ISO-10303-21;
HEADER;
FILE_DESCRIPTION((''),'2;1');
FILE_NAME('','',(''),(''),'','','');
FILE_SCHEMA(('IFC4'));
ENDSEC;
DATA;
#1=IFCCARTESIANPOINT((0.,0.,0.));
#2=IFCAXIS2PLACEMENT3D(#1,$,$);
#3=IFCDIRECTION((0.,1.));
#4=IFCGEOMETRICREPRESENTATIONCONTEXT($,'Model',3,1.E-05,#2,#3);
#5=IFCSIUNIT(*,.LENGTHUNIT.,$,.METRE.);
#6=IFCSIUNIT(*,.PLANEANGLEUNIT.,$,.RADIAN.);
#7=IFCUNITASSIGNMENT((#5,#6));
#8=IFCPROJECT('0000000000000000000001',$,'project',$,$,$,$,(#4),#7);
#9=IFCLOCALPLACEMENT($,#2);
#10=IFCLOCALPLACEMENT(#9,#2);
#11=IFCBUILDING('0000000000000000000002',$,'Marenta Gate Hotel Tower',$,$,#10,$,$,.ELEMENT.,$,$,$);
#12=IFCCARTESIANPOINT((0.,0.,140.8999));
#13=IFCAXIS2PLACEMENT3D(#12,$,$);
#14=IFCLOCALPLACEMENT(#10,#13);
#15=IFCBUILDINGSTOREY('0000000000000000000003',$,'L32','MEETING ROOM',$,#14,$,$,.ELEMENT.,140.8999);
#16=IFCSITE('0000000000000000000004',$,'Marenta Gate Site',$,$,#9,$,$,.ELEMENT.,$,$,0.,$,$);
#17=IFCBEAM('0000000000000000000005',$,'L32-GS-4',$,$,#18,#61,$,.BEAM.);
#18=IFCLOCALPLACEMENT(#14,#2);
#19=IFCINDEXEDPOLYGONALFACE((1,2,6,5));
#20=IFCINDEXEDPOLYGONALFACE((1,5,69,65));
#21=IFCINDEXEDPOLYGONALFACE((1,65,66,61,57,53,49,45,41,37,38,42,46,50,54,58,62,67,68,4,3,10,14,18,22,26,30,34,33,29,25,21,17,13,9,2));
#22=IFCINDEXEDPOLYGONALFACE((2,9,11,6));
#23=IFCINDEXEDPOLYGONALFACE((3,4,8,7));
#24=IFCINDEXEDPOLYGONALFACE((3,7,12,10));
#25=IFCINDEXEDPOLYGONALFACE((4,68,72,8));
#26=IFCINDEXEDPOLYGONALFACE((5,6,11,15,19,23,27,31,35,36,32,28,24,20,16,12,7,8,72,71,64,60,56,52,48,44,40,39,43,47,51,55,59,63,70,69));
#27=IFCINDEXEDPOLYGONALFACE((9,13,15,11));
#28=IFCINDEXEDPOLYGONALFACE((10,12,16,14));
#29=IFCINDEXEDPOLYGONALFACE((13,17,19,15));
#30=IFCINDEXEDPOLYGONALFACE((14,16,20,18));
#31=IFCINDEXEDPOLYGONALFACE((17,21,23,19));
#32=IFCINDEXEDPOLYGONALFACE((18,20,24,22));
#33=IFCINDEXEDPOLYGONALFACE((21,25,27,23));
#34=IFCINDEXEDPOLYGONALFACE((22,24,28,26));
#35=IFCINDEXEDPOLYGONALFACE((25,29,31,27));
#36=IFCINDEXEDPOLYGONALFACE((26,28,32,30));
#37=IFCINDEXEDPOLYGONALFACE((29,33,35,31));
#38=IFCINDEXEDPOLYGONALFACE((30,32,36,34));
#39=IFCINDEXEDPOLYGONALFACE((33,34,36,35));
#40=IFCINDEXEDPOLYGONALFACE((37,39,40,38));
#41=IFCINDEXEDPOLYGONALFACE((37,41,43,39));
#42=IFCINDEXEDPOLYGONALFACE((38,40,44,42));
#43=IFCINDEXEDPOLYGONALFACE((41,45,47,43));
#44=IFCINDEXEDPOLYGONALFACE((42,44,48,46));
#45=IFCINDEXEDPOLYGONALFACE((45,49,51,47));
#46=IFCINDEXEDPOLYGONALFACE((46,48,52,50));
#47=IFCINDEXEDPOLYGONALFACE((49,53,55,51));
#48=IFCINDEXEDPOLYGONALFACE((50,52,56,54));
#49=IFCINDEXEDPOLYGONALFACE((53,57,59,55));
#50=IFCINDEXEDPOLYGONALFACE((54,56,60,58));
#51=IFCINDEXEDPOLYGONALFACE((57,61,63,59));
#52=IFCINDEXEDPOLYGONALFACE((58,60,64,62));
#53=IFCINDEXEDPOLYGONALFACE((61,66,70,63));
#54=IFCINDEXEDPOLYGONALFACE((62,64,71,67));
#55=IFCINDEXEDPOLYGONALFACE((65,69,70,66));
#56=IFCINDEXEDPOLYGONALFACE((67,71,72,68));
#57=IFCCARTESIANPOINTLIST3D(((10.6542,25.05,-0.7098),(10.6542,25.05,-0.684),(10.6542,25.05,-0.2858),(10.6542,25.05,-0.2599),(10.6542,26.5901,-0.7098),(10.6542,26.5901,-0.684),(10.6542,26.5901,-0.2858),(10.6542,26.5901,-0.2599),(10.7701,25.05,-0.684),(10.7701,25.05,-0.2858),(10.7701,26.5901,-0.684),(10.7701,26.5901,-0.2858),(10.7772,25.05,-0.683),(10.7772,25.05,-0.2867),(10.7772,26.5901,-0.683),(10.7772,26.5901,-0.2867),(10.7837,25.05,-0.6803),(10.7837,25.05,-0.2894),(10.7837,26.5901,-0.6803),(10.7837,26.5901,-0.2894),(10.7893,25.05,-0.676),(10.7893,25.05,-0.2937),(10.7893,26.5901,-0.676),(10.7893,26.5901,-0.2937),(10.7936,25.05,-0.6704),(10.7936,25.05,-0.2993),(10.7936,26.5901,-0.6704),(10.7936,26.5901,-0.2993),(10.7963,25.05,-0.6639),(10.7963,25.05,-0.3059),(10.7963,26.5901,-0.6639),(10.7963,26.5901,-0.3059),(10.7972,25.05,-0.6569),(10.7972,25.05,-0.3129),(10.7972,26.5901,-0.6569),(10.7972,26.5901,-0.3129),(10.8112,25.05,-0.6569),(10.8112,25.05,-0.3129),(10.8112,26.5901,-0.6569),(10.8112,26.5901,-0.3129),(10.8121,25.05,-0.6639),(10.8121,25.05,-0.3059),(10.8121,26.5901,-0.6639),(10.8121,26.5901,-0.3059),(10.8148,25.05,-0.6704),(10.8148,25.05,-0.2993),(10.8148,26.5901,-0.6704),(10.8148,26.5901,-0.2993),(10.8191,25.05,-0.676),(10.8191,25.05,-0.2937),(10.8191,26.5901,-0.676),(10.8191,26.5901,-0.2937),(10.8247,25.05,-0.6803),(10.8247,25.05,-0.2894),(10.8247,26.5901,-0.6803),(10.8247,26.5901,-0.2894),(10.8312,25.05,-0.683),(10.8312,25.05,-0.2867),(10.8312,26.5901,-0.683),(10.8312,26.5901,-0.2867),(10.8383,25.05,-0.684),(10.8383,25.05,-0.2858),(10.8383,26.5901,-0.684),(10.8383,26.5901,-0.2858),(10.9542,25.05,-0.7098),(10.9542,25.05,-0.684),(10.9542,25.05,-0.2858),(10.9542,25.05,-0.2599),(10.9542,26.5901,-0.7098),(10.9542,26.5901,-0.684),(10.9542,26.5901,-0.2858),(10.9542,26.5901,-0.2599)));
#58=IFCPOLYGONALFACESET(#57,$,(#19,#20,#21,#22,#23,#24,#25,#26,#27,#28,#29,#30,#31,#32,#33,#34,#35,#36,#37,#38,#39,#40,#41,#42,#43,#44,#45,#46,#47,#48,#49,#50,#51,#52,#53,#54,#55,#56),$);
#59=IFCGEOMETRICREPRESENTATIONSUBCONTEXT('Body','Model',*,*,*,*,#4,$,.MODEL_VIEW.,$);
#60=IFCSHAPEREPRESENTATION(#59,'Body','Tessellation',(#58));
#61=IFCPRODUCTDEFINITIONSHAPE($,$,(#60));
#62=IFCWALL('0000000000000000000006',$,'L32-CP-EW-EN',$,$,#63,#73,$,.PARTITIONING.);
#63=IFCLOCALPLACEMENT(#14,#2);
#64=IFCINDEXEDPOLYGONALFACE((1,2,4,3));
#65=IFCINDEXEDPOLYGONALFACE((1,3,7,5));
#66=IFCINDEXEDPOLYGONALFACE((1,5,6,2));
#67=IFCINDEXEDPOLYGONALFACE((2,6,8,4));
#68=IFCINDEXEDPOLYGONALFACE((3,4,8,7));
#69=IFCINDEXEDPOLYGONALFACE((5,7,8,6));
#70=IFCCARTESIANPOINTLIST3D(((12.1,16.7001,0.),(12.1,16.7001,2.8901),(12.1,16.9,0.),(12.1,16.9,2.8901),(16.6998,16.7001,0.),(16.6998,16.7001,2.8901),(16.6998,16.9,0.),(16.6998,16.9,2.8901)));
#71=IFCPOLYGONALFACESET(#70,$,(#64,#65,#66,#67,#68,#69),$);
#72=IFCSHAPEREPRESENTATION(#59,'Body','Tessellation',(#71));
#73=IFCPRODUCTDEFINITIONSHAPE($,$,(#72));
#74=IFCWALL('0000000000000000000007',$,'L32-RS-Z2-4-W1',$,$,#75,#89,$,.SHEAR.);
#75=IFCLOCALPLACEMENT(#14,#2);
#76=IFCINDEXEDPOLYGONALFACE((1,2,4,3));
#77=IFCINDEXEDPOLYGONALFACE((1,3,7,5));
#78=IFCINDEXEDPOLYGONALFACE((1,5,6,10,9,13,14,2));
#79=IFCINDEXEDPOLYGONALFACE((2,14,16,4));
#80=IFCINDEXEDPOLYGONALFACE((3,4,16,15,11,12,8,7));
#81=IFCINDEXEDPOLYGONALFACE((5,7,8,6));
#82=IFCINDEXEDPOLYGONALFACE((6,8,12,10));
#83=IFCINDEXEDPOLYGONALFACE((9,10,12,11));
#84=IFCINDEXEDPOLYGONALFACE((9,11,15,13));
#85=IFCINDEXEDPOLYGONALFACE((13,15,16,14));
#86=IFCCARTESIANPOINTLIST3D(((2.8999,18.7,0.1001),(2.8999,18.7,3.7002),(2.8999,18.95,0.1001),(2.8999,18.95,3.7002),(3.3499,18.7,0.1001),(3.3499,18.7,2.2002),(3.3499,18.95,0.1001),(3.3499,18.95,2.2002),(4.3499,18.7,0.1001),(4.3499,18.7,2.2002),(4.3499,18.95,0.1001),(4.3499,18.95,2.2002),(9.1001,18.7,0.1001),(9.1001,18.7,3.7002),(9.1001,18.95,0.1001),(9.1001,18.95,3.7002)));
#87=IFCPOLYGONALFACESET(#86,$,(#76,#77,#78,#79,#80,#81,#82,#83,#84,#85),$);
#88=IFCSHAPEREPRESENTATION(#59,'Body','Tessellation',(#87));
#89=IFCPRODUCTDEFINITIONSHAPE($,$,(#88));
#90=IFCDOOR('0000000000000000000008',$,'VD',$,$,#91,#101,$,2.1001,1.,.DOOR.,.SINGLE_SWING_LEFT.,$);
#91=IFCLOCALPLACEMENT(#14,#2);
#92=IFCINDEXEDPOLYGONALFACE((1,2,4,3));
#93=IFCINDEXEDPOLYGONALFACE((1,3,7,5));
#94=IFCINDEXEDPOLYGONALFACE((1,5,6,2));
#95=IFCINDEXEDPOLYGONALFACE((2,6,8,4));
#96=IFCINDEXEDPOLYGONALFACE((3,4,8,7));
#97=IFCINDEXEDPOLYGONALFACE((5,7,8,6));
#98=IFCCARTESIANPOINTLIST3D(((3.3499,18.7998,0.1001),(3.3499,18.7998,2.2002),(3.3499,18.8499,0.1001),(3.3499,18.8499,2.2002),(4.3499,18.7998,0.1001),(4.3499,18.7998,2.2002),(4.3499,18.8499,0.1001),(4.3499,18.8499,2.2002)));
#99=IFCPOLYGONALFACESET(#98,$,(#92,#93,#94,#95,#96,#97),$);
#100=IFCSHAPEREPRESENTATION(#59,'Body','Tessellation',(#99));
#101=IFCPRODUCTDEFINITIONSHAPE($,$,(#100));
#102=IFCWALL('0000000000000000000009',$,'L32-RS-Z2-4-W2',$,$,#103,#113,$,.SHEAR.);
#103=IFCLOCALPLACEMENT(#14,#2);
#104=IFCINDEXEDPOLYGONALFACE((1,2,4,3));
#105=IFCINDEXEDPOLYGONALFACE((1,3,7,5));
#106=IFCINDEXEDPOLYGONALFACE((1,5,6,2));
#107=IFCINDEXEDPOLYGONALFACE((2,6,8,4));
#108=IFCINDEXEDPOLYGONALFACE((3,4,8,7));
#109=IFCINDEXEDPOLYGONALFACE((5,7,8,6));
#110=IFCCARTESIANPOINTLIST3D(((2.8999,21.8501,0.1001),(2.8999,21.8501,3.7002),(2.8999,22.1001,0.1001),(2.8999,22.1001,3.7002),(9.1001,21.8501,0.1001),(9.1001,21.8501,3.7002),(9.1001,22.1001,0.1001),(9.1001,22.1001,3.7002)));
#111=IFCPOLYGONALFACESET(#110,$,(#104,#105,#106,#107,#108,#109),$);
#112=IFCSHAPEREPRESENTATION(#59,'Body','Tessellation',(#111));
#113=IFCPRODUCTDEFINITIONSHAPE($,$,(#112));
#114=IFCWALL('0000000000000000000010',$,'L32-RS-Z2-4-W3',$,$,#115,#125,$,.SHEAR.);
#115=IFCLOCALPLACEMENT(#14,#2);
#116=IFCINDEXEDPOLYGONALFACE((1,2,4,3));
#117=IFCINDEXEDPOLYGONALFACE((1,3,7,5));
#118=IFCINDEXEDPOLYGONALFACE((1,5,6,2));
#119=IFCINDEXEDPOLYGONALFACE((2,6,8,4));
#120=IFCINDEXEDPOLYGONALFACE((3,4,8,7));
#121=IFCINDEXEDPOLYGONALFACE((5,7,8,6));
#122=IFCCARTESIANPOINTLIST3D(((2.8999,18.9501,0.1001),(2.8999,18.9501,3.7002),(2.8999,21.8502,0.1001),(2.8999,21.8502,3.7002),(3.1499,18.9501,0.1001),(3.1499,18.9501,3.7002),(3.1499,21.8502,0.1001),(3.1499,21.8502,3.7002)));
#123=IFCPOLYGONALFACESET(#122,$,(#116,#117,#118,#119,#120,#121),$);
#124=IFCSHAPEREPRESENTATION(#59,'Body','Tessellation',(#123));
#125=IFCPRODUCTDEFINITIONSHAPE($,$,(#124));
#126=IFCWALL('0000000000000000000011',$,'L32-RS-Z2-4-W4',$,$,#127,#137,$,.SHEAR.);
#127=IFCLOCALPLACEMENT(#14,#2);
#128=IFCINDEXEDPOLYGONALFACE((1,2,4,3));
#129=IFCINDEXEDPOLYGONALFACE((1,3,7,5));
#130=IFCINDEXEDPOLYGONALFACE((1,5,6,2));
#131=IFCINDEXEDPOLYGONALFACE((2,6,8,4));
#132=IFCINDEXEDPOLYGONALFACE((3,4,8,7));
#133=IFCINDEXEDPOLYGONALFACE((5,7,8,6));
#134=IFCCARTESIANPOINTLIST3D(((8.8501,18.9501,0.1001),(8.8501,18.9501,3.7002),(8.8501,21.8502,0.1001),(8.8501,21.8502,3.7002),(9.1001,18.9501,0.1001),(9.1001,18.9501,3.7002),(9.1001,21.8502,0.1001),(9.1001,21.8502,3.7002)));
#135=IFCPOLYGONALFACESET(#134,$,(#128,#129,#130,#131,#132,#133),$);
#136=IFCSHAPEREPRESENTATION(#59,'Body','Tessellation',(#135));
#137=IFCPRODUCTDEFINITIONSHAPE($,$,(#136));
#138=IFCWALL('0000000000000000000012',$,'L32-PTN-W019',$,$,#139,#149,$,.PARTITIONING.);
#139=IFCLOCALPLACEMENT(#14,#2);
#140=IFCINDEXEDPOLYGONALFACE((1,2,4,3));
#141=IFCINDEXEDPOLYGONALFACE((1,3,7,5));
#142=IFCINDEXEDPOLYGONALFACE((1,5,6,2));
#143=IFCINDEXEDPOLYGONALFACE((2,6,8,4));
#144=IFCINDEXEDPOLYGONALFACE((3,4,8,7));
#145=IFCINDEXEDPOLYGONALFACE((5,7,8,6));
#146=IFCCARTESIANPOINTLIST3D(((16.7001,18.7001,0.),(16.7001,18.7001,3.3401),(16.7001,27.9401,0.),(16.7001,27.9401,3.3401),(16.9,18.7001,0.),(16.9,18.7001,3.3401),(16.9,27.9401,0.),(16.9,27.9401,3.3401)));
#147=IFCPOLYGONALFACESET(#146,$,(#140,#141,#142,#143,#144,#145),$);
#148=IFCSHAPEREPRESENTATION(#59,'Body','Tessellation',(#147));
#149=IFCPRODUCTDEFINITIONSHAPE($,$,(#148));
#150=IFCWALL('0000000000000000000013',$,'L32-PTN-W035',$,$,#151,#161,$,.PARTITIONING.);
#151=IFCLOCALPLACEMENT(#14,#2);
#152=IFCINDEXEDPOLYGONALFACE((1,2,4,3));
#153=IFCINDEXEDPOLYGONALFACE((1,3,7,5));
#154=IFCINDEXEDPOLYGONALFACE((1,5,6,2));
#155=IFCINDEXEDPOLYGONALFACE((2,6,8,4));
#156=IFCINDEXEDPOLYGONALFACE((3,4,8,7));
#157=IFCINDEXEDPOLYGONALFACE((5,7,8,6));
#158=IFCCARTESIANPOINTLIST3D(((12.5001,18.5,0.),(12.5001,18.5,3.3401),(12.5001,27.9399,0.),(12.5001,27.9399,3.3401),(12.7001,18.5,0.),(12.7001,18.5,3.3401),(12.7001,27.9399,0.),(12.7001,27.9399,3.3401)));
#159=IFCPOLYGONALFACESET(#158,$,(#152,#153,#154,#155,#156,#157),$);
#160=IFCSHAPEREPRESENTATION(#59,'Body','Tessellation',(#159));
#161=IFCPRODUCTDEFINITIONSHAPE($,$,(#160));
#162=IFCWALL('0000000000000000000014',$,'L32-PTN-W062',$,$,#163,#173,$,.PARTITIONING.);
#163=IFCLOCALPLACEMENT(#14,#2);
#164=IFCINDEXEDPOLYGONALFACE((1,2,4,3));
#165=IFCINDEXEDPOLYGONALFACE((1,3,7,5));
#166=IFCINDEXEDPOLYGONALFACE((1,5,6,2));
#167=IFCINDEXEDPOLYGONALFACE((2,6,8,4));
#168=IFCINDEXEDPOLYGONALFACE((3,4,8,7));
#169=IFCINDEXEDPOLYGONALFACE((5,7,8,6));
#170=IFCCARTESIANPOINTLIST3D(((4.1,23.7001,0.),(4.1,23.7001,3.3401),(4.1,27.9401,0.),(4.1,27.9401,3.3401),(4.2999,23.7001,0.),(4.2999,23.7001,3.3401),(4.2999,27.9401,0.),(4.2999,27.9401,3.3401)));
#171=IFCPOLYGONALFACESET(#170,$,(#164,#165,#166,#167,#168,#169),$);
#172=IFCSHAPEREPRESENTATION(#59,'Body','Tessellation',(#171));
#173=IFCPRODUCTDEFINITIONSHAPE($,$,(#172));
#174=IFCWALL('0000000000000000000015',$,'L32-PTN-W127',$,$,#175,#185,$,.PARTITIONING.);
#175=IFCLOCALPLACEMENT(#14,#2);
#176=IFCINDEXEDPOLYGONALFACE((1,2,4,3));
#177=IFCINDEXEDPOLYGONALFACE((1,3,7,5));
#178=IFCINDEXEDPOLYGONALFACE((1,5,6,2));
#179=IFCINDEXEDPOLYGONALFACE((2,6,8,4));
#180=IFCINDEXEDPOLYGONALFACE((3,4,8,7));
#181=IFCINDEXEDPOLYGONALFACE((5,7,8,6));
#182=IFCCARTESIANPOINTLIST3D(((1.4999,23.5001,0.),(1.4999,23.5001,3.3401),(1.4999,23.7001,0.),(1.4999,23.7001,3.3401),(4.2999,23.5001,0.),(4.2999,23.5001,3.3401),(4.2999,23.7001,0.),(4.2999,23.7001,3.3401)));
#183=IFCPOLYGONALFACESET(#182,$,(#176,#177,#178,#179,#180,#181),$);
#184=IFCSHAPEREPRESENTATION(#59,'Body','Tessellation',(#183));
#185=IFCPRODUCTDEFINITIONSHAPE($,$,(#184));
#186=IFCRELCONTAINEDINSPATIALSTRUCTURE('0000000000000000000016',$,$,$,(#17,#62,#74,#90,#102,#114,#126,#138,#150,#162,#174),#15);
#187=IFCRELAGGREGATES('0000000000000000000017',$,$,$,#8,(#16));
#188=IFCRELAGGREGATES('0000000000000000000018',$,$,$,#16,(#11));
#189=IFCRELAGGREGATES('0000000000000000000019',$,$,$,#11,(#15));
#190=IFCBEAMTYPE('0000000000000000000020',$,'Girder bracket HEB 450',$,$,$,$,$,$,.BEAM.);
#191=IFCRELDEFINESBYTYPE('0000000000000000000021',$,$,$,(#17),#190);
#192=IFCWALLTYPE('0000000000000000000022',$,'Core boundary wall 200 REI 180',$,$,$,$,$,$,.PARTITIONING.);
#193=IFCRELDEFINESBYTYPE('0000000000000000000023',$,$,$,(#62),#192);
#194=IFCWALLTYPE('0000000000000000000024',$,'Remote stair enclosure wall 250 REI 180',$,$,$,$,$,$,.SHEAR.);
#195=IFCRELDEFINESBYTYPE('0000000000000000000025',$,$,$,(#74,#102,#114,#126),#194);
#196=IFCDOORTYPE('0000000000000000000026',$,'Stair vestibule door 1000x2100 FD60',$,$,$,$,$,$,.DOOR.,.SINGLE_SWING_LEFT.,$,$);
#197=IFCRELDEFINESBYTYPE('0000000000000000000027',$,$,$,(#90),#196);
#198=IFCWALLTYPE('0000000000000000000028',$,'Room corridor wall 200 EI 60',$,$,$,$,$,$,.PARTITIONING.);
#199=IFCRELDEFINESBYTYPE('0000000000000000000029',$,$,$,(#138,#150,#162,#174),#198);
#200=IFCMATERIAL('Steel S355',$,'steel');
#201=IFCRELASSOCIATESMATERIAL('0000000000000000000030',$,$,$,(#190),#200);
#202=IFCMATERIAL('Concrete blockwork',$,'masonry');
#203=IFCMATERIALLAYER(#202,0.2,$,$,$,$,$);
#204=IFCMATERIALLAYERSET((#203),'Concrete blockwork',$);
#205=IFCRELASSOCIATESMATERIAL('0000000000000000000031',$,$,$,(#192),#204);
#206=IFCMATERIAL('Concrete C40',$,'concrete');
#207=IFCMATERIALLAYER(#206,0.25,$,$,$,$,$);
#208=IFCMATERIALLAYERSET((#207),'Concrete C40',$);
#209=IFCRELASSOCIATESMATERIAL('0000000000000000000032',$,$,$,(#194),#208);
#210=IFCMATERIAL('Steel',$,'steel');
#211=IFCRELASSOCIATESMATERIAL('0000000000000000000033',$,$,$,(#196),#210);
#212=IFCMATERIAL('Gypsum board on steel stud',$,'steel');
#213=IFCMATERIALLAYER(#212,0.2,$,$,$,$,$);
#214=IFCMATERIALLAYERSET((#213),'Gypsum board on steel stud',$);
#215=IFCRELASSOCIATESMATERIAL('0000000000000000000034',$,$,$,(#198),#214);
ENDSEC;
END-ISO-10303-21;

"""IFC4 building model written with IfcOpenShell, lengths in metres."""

from ifc_helpers import new_model, si_unit, direction, frame, frame_2d, origin, origin_2d, place, context, subcontext, project, spatial, rectangle, i_section, extrude, material, layer, layer_set, material_profile, profile_set, type_object, element, fill, save


model = new_model("IFC4")

# Units and contexts
model_context = context("Model", 3, precision=1e-05, world=origin(), true_north=direction((0.0, 1.0)))
body_context = subcontext(model_context, "Body", "Model", "MODEL_VIEW")
ifc_project = project(units=[si_unit("LENGTHUNIT", "METRE"), si_unit("PLANEANGLEUNIT", "RADIAN")], contexts=[model_context])

# Site, building, storey
site_placement = place(None, origin())
site = spatial("IfcSite", under=ifc_project, at=site_placement, Name="Marenta Gate Site", CompositionType="ELEMENT", RefElevation=0.0)
building_placement = place(site_placement, origin())
building = spatial("IfcBuilding", under=site, at=building_placement, Name="Marenta Gate Hotel Tower", CompositionType="ELEMENT")
storey_placement = place(building_placement, frame((0.0, 0.0, 140.8999)))
storey = spatial("IfcBuildingStorey", under=building, at=storey_placement, Name="L32", Description="MEETING ROOM", CompositionType="ELEMENT", Elevation=140.8999)

# Beam
ifc_material_1 = material(Name="Steel S355", Category="steel")
ifc_material_profile_1 = material_profile(ifc_material_1, i_section(OverallWidth=0.3, OverallDepth=0.45, WebThickness=0.0139, FlangeThickness=0.0259, FilletRadius=0.0271, at=origin_2d()), Name="HEB 450")
ifc_profile_set_1 = profile_set([ifc_material_profile_1], Name="Steel S355")
beam_type_1 = type_object("IfcBeamType", Name="Girder bracket HEB 450", PredefinedType="BEAM", material=ifc_profile_set_1)
for number, where, z_axis, x_axis, name in (
    (1, (10.8042, 25.05, -0.4849), (0.0, 1.0, 0.0), (-1.0, 0.0, 0.0), "L32-GS-4"),
):
    element("IfcBeam", number, at=place(storey_placement, frame(where, z_axis=z_axis, x_axis=x_axis)), inside=storey, type_object=beam_type_1, Name=name, PredefinedType="BEAM", context=body_context, shape_type="SweptSolid", body=[
        extrude(i_section(OverallWidth=0.3, OverallDepth=0.45, WebThickness=0.0139, FlangeThickness=0.0259, FilletRadius=0.0271, at=origin_2d()), origin(), (0.0, 0.0, 1.0), 1.54),
    ])

# Wall
ifc_material_2 = material(Name="Concrete blockwork", Category="masonry")
ifc_layer_1 = layer(ifc_material_2, 0.2)
ifc_layer_set_1 = layer_set([ifc_layer_1], Name="Concrete blockwork")
wall_type_1 = type_object("IfcWallType", Name="Core boundary wall 200 REI 180", PredefinedType="PARTITIONING", material=ifc_layer_set_1)
wall_1_placement = place(storey_placement, frame((12.1001, 16.8, 0.0), z_axis=(0.0, 0.0, 1.0), x_axis=(1.0, 0.0, 0.0)))
element("IfcWall", 2, at=wall_1_placement, inside=storey, type_object=wall_type_1, Name="L32-CP-EW-EN", PredefinedType="PARTITIONING", context=body_context, shape_type="SweptSolid", body=[
    extrude(rectangle(XDim=4.5999, YDim=0.2, at=frame_2d((2.2998, 0.0))), origin(), (0.0, 0.0, 1.0), 2.8901),
])

# Wall, opening, door
ifc_material_3 = material(Name="Concrete C40", Category="concrete")
ifc_layer_2 = layer(ifc_material_3, 0.25)
ifc_layer_set_2 = layer_set([ifc_layer_2], Name="Concrete C40")
wall_type_2 = type_object("IfcWallType", Name="Remote stair enclosure wall 250 REI 180", PredefinedType="SHEAR", material=ifc_layer_set_2)
wall_2_placement = place(storey_placement, frame((2.8999, 18.825, 0.1001), z_axis=(0.0, 0.0, 1.0), x_axis=(1.0, 0.0, 0.0)))
wall_2 = element("IfcWall", 3, at=wall_2_placement, inside=storey, type_object=wall_type_2, Name="L32-RS-Z2-4-W1", PredefinedType="SHEAR", context=body_context, shape_type="SweptSolid", body=[
    extrude(rectangle(XDim=6.2002, YDim=0.25, at=frame_2d((3.1001, 0.0))), origin(), (0.0, 0.0, 1.0), 3.6001),
])
opening_1_placement = place(wall_2_placement, frame((0.45, 0.0, 0.0)))
opening_1 = element("IfcOpeningElement", 4, at=opening_1_placement, cuts=wall_2, PredefinedType="OPENING", context=body_context, shape_type="SweptSolid", body=[
    extrude(rectangle(XDim=1.0, YDim=2.1001, at=frame_2d((0.5, 1.05))), frame((0.0, 0.125, 0.0), z_axis=(0.0, -1.0, 0.0), x_axis=(1.0, 0.0, 0.0)), (0.0, 0.0, 1.0), 0.25),
])
ifc_material_4 = material(Name="Steel", Category="steel")
door_type_1 = type_object("IfcDoorType", Name="Stair vestibule door 1000x2100 FD60", OperationType="SINGLE_SWING_LEFT", PredefinedType="DOOR", material=ifc_material_4)
door_1_placement = place(opening_1_placement, origin())
door_1 = element("IfcDoor", 5, at=door_1_placement, inside=storey, type_object=door_type_1, Name="VD", OperationType="SINGLE_SWING_LEFT", OverallHeight=2.1001, OverallWidth=1.0, PredefinedType="DOOR", context=body_context, shape_type="SweptSolid", body=[
    extrude(rectangle(XDim=1.0, YDim=2.1001, at=frame_2d((0.5, 1.05))), frame((0.0, 0.0249, 0.0), z_axis=(0.0, -1.0, 0.0), x_axis=(1.0, 0.0, 0.0)), (0.0, 0.0, 1.0), 0.05),
])
fill(opening_1, door_1)

# Walls
wall_3_placement = place(storey_placement, frame((2.8999, 21.9751, 0.1001), z_axis=(0.0, 0.0, 1.0), x_axis=(1.0, 0.0, 0.0)))
element("IfcWall", 6, at=wall_3_placement, inside=storey, type_object=wall_type_2, Name="L32-RS-Z2-4-W2", PredefinedType="SHEAR", context=body_context, shape_type="SweptSolid", body=[
    extrude(rectangle(XDim=6.2002, YDim=0.25, at=frame_2d((3.1001, 0.0))), origin(), (0.0, 0.0, 1.0), 3.6001),
])
for number, where, z_axis, x_axis, name in (
    (7, (3.0249, 18.95, 0.1001), (0.0, 0.0, 1.0), (0.0, 1.0, 0.0), "L32-RS-Z2-4-W3"),
    (8, (8.9751, 18.95, 0.1001), (0.0, 0.0, 1.0), (0.0, 1.0, 0.0), "L32-RS-Z2-4-W4"),
):
    element("IfcWall", number, at=place(storey_placement, frame(where, z_axis=z_axis, x_axis=x_axis)), inside=storey, type_object=wall_type_2, Name=name, PredefinedType="SHEAR", context=body_context, shape_type="SweptSolid", body=[
        extrude(rectangle(XDim=2.9001, YDim=0.25, at=frame_2d((1.4502, 0.0))), origin(), (0.0, 0.0, 1.0), 3.6001),
    ])
ifc_material_5 = material(Name="Gypsum board on steel stud", Category="steel")
ifc_layer_3 = layer(ifc_material_5, 0.2)
ifc_layer_set_3 = layer_set([ifc_layer_3], Name="Gypsum board on steel stud")
wall_type_3 = type_object("IfcWallType", Name="Room corridor wall 200 EI 60", PredefinedType="PARTITIONING", material=ifc_layer_set_3)
wall_4_placement = place(storey_placement, frame((16.8, 18.7, 0.0), z_axis=(0.0, 0.0, 1.0), x_axis=(0.0, 1.0, 0.0)))
element("IfcWall", 9, at=wall_4_placement, inside=storey, type_object=wall_type_3, Name="L32-PTN-W019", PredefinedType="PARTITIONING", context=body_context, shape_type="SweptSolid", body=[
    extrude(rectangle(XDim=9.24, YDim=0.2, at=frame_2d((4.6201, 0.0))), origin(), (0.0, 0.0, 1.0), 3.3401),
])
wall_5_placement = place(storey_placement, frame((12.6001, 18.5, 0.0), z_axis=(0.0, 0.0, 1.0), x_axis=(0.0, 1.0, 0.0)))
element("IfcWall", 10, at=wall_5_placement, inside=storey, type_object=wall_type_3, Name="L32-PTN-W035", PredefinedType="PARTITIONING", context=body_context, shape_type="SweptSolid", body=[
    extrude(rectangle(XDim=9.4399, YDim=0.2, at=frame_2d((4.72, 0.0))), origin(), (0.0, 0.0, 1.0), 3.3401),
])
wall_6_placement = place(storey_placement, frame((4.2, 23.7, 0.0), z_axis=(0.0, 0.0, 1.0), x_axis=(0.0, 1.0, 0.0)))
element("IfcWall", 11, at=wall_6_placement, inside=storey, type_object=wall_type_3, Name="L32-PTN-W062", PredefinedType="PARTITIONING", context=body_context, shape_type="SweptSolid", body=[
    extrude(rectangle(XDim=4.24, YDim=0.2, at=frame_2d((2.1201, 0.0))), origin(), (0.0, 0.0, 1.0), 3.3401),
])

# Wall
wall_7_placement = place(storey_placement, frame((1.5, 23.6001, 0.0), z_axis=(0.0, 0.0, 1.0), x_axis=(1.0, 0.0, 0.0)))
element("IfcWall", 12, at=wall_7_placement, inside=storey, type_object=wall_type_3, Name="L32-PTN-W127", PredefinedType="PARTITIONING", context=body_context, shape_type="SweptSolid", body=[
    extrude(rectangle(XDim=2.8, YDim=0.2, at=frame_2d((1.3999, 0.0))), origin(), (0.0, 0.0, 1.0), 3.3401),
])

save(model, "model.ifc")
